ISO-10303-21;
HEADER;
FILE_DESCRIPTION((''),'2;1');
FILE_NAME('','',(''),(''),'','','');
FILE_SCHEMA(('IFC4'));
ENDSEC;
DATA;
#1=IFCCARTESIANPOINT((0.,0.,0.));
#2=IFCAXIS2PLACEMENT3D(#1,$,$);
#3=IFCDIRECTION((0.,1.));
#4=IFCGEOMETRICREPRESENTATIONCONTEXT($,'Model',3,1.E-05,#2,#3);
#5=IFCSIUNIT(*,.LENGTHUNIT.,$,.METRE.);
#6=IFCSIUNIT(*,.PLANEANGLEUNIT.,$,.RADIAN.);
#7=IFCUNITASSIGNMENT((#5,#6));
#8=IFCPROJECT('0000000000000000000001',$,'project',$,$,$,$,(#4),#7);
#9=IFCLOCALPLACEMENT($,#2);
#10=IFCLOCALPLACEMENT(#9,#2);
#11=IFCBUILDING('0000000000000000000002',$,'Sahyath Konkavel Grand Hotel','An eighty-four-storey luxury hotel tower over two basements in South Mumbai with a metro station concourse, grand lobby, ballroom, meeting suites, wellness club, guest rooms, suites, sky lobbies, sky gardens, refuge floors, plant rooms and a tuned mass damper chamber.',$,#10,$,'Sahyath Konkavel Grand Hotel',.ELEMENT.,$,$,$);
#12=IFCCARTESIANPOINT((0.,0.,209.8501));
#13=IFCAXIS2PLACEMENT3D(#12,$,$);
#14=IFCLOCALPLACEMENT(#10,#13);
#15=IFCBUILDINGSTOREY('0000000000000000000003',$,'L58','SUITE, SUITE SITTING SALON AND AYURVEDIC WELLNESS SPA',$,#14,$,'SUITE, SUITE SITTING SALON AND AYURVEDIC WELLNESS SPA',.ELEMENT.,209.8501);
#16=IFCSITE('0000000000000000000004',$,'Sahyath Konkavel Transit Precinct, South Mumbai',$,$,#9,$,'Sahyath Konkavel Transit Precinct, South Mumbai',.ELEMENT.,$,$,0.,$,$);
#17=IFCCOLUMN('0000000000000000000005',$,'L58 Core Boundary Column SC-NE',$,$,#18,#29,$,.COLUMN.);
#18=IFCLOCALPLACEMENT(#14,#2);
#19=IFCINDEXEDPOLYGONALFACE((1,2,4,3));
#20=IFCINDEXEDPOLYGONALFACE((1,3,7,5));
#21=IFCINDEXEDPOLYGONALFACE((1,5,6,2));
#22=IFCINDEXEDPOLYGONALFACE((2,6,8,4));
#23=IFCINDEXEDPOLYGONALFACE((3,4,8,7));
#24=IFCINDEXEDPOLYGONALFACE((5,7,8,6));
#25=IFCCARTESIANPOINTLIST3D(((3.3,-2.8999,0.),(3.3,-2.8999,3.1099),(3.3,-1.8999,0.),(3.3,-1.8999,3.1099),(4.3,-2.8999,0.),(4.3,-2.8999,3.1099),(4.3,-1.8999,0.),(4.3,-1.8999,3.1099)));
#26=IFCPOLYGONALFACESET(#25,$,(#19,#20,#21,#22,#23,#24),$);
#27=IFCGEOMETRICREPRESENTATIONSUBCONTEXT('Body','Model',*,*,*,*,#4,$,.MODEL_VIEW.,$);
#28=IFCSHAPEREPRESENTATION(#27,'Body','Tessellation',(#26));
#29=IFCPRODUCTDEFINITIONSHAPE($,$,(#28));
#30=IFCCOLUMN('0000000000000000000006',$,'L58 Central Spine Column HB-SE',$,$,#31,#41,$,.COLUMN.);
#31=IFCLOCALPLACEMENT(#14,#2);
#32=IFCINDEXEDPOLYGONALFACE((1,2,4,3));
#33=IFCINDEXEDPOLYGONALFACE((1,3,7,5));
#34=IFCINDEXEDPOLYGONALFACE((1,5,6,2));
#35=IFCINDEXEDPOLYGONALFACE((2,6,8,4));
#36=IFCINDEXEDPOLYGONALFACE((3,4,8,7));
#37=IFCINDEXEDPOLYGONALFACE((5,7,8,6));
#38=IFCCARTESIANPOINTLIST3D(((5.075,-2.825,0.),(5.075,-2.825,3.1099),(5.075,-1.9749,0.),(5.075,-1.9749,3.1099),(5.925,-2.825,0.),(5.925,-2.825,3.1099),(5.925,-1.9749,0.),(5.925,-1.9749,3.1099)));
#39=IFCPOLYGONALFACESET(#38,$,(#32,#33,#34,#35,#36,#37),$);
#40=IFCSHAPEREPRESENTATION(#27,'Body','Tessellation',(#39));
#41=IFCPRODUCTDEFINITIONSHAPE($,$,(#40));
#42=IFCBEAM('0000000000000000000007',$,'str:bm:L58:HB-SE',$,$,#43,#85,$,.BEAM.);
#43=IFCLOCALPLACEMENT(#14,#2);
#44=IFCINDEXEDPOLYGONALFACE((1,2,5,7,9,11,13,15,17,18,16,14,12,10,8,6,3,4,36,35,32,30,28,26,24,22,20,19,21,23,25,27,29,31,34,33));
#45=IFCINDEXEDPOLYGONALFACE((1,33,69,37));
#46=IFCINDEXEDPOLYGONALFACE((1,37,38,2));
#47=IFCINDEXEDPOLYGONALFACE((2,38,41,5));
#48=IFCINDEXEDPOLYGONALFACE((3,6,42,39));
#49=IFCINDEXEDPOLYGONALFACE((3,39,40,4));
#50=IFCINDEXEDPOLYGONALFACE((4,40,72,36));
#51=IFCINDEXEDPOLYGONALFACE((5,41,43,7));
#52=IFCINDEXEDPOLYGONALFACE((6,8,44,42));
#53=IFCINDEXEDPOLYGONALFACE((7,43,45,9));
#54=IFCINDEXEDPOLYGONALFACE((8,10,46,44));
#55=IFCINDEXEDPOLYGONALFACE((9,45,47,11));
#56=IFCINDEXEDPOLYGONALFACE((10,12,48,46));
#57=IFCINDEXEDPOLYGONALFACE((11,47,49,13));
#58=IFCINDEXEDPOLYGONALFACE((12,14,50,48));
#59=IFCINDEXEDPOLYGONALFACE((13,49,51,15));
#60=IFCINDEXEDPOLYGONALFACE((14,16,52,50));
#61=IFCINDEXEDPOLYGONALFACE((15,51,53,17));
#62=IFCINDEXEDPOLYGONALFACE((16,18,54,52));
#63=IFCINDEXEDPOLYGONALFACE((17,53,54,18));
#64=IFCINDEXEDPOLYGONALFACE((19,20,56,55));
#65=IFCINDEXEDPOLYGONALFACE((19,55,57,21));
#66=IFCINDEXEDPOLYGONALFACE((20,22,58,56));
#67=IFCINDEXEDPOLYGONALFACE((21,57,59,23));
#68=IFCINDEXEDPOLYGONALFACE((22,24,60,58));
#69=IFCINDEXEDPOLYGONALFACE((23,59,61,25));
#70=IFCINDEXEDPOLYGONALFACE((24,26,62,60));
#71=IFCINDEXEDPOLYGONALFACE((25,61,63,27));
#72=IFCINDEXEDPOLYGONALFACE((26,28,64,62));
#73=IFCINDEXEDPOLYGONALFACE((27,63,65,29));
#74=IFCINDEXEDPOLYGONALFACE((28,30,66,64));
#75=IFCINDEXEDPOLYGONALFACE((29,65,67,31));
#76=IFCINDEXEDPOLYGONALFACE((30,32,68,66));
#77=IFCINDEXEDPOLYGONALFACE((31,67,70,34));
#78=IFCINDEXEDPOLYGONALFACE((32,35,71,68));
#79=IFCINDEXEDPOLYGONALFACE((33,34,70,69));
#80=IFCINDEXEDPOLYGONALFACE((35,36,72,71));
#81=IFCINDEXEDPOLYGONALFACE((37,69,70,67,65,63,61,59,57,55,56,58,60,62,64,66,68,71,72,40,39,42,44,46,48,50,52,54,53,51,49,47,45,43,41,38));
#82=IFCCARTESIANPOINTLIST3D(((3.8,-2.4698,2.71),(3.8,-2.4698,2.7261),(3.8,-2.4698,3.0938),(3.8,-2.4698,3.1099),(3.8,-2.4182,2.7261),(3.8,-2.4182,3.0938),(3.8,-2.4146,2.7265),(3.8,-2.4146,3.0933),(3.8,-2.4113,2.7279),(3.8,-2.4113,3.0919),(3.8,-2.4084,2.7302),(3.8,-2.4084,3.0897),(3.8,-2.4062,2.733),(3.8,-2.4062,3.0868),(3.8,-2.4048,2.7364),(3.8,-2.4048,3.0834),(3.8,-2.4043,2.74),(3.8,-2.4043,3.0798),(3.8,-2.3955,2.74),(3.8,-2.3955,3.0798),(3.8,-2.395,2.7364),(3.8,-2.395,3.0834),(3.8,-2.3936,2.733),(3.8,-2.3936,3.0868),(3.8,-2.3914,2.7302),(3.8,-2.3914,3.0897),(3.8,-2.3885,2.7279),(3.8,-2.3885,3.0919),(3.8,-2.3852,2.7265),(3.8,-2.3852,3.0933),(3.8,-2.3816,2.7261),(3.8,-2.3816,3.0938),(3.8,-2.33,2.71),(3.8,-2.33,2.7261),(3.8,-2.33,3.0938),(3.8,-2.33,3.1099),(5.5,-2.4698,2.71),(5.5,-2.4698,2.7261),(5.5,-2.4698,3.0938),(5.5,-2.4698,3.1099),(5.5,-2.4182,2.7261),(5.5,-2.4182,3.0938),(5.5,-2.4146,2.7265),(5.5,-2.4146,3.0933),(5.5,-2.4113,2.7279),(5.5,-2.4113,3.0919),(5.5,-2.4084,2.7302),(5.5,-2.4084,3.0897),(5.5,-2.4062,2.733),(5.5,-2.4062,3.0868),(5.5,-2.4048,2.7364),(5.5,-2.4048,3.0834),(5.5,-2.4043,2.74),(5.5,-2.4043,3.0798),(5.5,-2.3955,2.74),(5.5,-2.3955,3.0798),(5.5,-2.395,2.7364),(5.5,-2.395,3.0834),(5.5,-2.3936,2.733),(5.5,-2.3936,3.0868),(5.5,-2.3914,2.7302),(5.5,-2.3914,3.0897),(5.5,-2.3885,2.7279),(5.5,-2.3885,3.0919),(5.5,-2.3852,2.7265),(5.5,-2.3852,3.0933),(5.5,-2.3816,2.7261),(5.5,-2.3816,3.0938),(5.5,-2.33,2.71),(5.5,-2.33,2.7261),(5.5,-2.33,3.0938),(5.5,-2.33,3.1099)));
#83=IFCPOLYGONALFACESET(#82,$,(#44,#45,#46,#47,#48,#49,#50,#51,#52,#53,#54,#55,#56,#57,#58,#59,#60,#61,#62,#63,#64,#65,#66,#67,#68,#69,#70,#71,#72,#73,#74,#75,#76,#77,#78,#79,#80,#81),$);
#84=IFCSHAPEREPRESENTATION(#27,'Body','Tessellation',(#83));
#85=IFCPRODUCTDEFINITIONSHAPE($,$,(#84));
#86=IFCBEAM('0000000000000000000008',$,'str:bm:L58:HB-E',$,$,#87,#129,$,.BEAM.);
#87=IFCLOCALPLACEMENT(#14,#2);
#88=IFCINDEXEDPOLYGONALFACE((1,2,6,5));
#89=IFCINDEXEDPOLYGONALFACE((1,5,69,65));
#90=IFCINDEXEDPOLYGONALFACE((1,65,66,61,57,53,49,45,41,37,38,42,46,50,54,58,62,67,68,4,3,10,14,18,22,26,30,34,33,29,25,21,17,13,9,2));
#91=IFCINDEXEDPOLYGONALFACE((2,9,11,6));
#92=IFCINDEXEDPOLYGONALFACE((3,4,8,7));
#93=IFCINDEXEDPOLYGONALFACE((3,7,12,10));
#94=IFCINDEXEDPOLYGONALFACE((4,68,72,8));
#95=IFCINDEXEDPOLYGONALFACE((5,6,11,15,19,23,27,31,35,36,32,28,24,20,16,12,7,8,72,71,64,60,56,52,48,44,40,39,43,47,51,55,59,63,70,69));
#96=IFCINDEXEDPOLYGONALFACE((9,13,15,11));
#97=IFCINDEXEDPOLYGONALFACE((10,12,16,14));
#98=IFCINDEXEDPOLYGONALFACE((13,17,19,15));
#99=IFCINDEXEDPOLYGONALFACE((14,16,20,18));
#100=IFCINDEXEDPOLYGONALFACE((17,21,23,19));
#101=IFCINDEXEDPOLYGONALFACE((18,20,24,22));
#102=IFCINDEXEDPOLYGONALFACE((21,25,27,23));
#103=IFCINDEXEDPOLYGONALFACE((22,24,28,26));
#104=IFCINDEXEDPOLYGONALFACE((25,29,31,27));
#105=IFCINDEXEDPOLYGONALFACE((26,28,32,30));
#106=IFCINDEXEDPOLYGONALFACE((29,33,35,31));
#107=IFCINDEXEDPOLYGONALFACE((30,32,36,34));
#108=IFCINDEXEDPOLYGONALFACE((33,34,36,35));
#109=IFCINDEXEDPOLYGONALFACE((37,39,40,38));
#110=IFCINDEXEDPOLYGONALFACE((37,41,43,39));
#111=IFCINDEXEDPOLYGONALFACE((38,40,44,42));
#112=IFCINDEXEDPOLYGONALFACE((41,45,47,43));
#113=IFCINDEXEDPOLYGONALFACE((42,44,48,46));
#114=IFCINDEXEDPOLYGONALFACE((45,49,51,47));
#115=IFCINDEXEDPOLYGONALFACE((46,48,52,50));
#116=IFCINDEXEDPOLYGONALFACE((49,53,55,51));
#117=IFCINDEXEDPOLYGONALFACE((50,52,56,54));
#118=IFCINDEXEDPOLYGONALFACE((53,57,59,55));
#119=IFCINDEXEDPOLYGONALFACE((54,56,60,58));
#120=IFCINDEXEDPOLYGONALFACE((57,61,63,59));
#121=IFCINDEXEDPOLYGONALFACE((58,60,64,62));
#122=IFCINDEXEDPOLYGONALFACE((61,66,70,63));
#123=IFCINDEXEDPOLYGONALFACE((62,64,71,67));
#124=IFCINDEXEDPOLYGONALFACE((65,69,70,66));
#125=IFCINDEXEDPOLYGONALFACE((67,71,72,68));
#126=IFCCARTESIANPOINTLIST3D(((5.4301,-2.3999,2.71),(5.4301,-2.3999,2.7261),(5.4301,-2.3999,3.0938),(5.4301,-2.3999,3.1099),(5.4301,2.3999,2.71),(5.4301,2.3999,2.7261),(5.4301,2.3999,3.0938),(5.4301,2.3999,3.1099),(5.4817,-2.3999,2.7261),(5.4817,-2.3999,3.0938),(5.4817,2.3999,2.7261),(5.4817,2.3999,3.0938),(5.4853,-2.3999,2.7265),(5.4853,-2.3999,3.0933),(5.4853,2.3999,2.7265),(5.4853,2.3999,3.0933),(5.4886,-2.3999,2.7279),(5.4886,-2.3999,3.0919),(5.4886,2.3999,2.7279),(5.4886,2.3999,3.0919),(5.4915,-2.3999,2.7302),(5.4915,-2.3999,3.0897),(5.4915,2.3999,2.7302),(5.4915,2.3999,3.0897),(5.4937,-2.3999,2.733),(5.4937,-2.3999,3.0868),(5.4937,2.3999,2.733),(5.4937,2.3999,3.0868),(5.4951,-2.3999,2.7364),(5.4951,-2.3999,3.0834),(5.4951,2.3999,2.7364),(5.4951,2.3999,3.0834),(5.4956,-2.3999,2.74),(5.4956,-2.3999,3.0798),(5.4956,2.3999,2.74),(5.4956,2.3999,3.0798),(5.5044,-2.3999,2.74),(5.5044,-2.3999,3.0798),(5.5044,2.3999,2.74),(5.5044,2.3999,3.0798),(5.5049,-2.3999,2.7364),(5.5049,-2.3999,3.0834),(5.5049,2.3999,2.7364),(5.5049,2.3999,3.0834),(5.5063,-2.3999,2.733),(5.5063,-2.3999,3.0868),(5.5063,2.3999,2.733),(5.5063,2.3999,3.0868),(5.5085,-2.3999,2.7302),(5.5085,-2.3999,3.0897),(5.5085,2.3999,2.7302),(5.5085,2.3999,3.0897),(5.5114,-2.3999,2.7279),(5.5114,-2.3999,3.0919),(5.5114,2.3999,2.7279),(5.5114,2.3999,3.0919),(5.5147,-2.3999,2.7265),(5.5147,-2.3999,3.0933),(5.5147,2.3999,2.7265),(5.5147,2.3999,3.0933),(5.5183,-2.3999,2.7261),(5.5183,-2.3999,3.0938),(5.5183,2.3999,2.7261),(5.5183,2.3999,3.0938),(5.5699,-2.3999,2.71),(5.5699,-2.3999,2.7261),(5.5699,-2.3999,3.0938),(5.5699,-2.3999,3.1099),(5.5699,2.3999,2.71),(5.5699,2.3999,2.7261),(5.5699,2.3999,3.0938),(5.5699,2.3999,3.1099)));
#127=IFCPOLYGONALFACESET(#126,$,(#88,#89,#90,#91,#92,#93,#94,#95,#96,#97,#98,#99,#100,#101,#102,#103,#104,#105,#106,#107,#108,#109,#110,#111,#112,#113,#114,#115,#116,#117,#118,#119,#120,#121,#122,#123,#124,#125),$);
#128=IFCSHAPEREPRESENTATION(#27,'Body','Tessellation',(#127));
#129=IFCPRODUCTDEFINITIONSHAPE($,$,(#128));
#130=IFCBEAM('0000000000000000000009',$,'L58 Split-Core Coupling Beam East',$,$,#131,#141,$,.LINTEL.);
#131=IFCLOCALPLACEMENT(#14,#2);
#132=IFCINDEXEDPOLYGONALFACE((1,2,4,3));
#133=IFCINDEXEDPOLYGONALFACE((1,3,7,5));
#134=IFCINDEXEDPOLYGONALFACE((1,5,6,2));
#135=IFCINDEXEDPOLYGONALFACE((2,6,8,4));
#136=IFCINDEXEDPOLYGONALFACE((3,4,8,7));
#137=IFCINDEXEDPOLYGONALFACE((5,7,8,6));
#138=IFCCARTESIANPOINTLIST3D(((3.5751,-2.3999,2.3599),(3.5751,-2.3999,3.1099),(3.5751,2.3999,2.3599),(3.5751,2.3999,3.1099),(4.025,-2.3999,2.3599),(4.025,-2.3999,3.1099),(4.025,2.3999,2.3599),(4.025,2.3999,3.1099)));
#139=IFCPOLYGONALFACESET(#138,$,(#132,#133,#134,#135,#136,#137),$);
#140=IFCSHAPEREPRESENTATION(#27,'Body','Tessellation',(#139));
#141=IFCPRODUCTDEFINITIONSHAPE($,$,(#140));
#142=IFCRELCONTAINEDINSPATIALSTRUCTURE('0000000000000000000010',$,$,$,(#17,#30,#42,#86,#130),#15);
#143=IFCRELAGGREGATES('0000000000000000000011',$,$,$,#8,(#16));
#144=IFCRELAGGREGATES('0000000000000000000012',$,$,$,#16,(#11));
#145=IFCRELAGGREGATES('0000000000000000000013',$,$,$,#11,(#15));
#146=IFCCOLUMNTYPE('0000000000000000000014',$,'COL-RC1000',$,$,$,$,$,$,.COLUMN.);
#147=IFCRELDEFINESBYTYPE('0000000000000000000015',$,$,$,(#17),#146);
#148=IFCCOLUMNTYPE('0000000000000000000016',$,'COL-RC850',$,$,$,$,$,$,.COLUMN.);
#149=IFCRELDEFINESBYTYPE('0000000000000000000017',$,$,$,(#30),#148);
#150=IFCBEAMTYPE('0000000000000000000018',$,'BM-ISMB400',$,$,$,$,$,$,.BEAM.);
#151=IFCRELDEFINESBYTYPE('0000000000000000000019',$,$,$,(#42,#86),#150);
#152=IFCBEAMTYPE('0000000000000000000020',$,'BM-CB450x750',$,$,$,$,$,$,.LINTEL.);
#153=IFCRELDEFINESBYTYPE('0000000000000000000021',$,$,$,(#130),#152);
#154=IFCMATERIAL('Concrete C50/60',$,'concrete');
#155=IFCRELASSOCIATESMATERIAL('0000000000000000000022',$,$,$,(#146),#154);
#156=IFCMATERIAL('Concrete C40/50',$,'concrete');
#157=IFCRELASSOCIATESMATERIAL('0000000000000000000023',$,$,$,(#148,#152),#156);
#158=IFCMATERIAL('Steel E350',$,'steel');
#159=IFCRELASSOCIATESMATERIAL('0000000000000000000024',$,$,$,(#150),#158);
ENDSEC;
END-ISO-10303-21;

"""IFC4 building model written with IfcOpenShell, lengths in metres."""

from ifc_helpers import new_model, si_unit, direction, frame, origin, origin_2d, place, context, subcontext, project, spatial, rectangle, i_section, extrude, source, transform, mapped, material, material_profile, profile_set, type_object, element, save


model = new_model("IFC4")

# Units and contexts
model_context = context("Model", 3, precision=1e-05, world=origin(), true_north=direction((0.0, 1.0)))
body_context = subcontext(model_context, "Body", "Model", "MODEL_VIEW")
ifc_project = project(units=[si_unit("LENGTHUNIT", "METRE"), si_unit("PLANEANGLEUNIT", "RADIAN")], contexts=[model_context])

# Site, building, storey
site_placement = place(None, origin())
site = spatial("IfcSite", under=ifc_project, at=site_placement, Name="Sahyath Konkavel Transit Precinct, South Mumbai", LongName="Sahyath Konkavel Transit Precinct, South Mumbai", CompositionType="ELEMENT", RefElevation=0.0)
building_placement = place(site_placement, origin())
building = spatial("IfcBuilding", under=site, at=building_placement, Name="Sahyath Konkavel Grand Hotel", Description="An eighty-four-storey luxury hotel tower over two basements in South Mumbai with a metro station concourse, grand lobby, ballroom, meeting suites, wellness club, guest rooms, suites, sky lobbies, sky gardens, refuge floors, plant rooms and a tuned mass damper chamber.", LongName="Sahyath Konkavel Grand Hotel", CompositionType="ELEMENT")
storey_placement = place(building_placement, frame((0.0, 0.0, 209.8501)))
storey = spatial("IfcBuildingStorey", under=building, at=storey_placement, Name="L58", Description="SUITE, SUITE SITTING SALON AND AYURVEDIC WELLNESS SPA", LongName="SUITE, SUITE SITTING SALON AND AYURVEDIC WELLNESS SPA", CompositionType="ELEMENT", Elevation=209.8501)

# Columns
ifc_material_1 = material(Name="Concrete C50/60", Category="concrete")
ifc_material_profile_1 = material_profile(ifc_material_1, rectangle(XDim=1.0, YDim=1.0, at=origin_2d()), Name="RC 1000x1000")
ifc_profile_set_1 = profile_set([ifc_material_profile_1], Name="Concrete C50/60")
column_type_1 = type_object("IfcColumnType", Name="COL-RC1000", PredefinedType="COLUMN", material=ifc_profile_set_1)
shared_shape_1 = source(origin(), body_context, "Body", "SweptSolid", [
    extrude(rectangle(XDim=1.0, YDim=1.0, at=origin_2d()), origin(), (0.0, 0.0, 1.0), 3.1099),
])
column_1_placement = place(storey_placement, frame((3.8, -2.3999, 0.0), z_axis=(0.0, 0.0, 1.0), x_axis=(1.0, 0.0, 0.0)))
element("IfcColumn", 1, at=column_1_placement, inside=storey, type_object=column_type_1, Name="L58 Core Boundary Column SC-NE", PredefinedType="COLUMN", context=body_context, shape_type="MappedRepresentation", body=[
    mapped(shared_shape_1, transform((0.0, 0.0, 0.0), scale=1.0)),
])
ifc_material_2 = material(Name="Concrete C40/50", Category="concrete")
ifc_material_profile_2 = material_profile(ifc_material_2, rectangle(XDim=0.8501, YDim=0.8501, at=origin_2d()), Name="RC 850x850")
ifc_profile_set_2 = profile_set([ifc_material_profile_2], Name="Concrete C40/50")
column_type_2 = type_object("IfcColumnType", Name="COL-RC850", PredefinedType="COLUMN", material=ifc_profile_set_2)
shared_shape_2 = source(origin(), body_context, "Body", "SweptSolid", [
    extrude(rectangle(XDim=0.8501, YDim=0.8501, at=origin_2d()), origin(), (0.0, 0.0, 1.0), 3.1099),
])
column_2_placement = place(storey_placement, frame((5.5, -2.3999, 0.0), z_axis=(0.0, 0.0, 1.0), x_axis=(1.0, 0.0, 0.0)))
element("IfcColumn", 2, at=column_2_placement, inside=storey, type_object=column_type_2, Name="L58 Central Spine Column HB-SE", PredefinedType="COLUMN", context=body_context, shape_type="MappedRepresentation", body=[
    mapped(shared_shape_2, transform((0.0, 0.0, 0.0), scale=1.0)),
])

# Beams
ifc_material_3 = material(Name="Steel E350", Category="steel")
ifc_material_profile_3 = material_profile(ifc_material_3, i_section(OverallWidth=0.1399, OverallDepth=0.3999, WebThickness=0.0088, FlangeThickness=0.0161, FilletRadius=0.0139, at=origin_2d()), Name="ISMB 400")
ifc_profile_set_3 = profile_set([ifc_material_profile_3], Name="Steel E350")
beam_type_1 = type_object("IfcBeamType", Name="BM-ISMB400", PredefinedType="BEAM", material=ifc_profile_set_3)
shared_shape_3 = source(origin(), body_context, "Body", "SweptSolid", [
    extrude(i_section(OverallWidth=0.1399, OverallDepth=0.3999, WebThickness=0.0088, FlangeThickness=0.0161, FilletRadius=0.0139, at=origin_2d()), origin(), (0.0, 0.0, 1.0), 1.7),
])
beam_1_placement = place(storey_placement, frame((3.8, -2.3999, 2.9099), z_axis=(1.0, 0.0, 0.0), x_axis=(0.0, 1.0, 0.0)))
element("IfcBeam", 3, at=beam_1_placement, inside=storey, type_object=beam_type_1, Name="str:bm:L58:HB-SE", PredefinedType="BEAM", context=body_context, shape_type="MappedRepresentation", body=[
    mapped(shared_shape_3, transform((0.0, 0.0, 0.0), scale=1.0)),
])
shared_shape_4 = source(origin(), body_context, "Body", "SweptSolid", [
    extrude(i_section(OverallWidth=0.1399, OverallDepth=0.3999, WebThickness=0.0088, FlangeThickness=0.0161, FilletRadius=0.0139, at=origin_2d()), origin(), (0.0, 0.0, 1.0), 4.7998),
])
beam_2_placement = place(storey_placement, frame((5.5, -2.3999, 2.9099), z_axis=(0.0, 1.0, 0.0), x_axis=(-1.0, 0.0, 0.0)))
element("IfcBeam", 4, at=beam_2_placement, inside=storey, type_object=beam_type_1, Name="str:bm:L58:HB-E", PredefinedType="BEAM", context=body_context, shape_type="MappedRepresentation", body=[
    mapped(shared_shape_4, transform((0.0, 0.0, 0.0), scale=1.0)),
])
ifc_material_profile_4 = material_profile(ifc_material_2, rectangle(XDim=0.45, YDim=0.75, at=origin_2d()), Name="RC 450x750")
ifc_profile_set_4 = profile_set([ifc_material_profile_4], Name="Concrete C40/50")
beam_type_2 = type_object("IfcBeamType", Name="BM-CB450x750", PredefinedType="LINTEL", material=ifc_profile_set_4)
shared_shape_5 = source(origin(), body_context, "Body", "SweptSolid", [
    extrude(rectangle(XDim=0.45, YDim=0.75, at=origin_2d()), origin(), (0.0, 0.0, 1.0), 4.7998),
])
beam_3_placement = place(storey_placement, frame((3.8, -2.3999, 2.7349), z_axis=(0.0, 1.0, 0.0), x_axis=(-1.0, 0.0, 0.0)))
element("IfcBeam", 5, at=beam_3_placement, inside=storey, type_object=beam_type_2, Name="L58 Split-Core Coupling Beam East", PredefinedType="LINTEL", context=body_context, shape_type="MappedRepresentation", body=[
    mapped(shared_shape_5, transform((0.0, 0.0, 0.0), scale=1.0)),
])

save(model, "model.ifc")
